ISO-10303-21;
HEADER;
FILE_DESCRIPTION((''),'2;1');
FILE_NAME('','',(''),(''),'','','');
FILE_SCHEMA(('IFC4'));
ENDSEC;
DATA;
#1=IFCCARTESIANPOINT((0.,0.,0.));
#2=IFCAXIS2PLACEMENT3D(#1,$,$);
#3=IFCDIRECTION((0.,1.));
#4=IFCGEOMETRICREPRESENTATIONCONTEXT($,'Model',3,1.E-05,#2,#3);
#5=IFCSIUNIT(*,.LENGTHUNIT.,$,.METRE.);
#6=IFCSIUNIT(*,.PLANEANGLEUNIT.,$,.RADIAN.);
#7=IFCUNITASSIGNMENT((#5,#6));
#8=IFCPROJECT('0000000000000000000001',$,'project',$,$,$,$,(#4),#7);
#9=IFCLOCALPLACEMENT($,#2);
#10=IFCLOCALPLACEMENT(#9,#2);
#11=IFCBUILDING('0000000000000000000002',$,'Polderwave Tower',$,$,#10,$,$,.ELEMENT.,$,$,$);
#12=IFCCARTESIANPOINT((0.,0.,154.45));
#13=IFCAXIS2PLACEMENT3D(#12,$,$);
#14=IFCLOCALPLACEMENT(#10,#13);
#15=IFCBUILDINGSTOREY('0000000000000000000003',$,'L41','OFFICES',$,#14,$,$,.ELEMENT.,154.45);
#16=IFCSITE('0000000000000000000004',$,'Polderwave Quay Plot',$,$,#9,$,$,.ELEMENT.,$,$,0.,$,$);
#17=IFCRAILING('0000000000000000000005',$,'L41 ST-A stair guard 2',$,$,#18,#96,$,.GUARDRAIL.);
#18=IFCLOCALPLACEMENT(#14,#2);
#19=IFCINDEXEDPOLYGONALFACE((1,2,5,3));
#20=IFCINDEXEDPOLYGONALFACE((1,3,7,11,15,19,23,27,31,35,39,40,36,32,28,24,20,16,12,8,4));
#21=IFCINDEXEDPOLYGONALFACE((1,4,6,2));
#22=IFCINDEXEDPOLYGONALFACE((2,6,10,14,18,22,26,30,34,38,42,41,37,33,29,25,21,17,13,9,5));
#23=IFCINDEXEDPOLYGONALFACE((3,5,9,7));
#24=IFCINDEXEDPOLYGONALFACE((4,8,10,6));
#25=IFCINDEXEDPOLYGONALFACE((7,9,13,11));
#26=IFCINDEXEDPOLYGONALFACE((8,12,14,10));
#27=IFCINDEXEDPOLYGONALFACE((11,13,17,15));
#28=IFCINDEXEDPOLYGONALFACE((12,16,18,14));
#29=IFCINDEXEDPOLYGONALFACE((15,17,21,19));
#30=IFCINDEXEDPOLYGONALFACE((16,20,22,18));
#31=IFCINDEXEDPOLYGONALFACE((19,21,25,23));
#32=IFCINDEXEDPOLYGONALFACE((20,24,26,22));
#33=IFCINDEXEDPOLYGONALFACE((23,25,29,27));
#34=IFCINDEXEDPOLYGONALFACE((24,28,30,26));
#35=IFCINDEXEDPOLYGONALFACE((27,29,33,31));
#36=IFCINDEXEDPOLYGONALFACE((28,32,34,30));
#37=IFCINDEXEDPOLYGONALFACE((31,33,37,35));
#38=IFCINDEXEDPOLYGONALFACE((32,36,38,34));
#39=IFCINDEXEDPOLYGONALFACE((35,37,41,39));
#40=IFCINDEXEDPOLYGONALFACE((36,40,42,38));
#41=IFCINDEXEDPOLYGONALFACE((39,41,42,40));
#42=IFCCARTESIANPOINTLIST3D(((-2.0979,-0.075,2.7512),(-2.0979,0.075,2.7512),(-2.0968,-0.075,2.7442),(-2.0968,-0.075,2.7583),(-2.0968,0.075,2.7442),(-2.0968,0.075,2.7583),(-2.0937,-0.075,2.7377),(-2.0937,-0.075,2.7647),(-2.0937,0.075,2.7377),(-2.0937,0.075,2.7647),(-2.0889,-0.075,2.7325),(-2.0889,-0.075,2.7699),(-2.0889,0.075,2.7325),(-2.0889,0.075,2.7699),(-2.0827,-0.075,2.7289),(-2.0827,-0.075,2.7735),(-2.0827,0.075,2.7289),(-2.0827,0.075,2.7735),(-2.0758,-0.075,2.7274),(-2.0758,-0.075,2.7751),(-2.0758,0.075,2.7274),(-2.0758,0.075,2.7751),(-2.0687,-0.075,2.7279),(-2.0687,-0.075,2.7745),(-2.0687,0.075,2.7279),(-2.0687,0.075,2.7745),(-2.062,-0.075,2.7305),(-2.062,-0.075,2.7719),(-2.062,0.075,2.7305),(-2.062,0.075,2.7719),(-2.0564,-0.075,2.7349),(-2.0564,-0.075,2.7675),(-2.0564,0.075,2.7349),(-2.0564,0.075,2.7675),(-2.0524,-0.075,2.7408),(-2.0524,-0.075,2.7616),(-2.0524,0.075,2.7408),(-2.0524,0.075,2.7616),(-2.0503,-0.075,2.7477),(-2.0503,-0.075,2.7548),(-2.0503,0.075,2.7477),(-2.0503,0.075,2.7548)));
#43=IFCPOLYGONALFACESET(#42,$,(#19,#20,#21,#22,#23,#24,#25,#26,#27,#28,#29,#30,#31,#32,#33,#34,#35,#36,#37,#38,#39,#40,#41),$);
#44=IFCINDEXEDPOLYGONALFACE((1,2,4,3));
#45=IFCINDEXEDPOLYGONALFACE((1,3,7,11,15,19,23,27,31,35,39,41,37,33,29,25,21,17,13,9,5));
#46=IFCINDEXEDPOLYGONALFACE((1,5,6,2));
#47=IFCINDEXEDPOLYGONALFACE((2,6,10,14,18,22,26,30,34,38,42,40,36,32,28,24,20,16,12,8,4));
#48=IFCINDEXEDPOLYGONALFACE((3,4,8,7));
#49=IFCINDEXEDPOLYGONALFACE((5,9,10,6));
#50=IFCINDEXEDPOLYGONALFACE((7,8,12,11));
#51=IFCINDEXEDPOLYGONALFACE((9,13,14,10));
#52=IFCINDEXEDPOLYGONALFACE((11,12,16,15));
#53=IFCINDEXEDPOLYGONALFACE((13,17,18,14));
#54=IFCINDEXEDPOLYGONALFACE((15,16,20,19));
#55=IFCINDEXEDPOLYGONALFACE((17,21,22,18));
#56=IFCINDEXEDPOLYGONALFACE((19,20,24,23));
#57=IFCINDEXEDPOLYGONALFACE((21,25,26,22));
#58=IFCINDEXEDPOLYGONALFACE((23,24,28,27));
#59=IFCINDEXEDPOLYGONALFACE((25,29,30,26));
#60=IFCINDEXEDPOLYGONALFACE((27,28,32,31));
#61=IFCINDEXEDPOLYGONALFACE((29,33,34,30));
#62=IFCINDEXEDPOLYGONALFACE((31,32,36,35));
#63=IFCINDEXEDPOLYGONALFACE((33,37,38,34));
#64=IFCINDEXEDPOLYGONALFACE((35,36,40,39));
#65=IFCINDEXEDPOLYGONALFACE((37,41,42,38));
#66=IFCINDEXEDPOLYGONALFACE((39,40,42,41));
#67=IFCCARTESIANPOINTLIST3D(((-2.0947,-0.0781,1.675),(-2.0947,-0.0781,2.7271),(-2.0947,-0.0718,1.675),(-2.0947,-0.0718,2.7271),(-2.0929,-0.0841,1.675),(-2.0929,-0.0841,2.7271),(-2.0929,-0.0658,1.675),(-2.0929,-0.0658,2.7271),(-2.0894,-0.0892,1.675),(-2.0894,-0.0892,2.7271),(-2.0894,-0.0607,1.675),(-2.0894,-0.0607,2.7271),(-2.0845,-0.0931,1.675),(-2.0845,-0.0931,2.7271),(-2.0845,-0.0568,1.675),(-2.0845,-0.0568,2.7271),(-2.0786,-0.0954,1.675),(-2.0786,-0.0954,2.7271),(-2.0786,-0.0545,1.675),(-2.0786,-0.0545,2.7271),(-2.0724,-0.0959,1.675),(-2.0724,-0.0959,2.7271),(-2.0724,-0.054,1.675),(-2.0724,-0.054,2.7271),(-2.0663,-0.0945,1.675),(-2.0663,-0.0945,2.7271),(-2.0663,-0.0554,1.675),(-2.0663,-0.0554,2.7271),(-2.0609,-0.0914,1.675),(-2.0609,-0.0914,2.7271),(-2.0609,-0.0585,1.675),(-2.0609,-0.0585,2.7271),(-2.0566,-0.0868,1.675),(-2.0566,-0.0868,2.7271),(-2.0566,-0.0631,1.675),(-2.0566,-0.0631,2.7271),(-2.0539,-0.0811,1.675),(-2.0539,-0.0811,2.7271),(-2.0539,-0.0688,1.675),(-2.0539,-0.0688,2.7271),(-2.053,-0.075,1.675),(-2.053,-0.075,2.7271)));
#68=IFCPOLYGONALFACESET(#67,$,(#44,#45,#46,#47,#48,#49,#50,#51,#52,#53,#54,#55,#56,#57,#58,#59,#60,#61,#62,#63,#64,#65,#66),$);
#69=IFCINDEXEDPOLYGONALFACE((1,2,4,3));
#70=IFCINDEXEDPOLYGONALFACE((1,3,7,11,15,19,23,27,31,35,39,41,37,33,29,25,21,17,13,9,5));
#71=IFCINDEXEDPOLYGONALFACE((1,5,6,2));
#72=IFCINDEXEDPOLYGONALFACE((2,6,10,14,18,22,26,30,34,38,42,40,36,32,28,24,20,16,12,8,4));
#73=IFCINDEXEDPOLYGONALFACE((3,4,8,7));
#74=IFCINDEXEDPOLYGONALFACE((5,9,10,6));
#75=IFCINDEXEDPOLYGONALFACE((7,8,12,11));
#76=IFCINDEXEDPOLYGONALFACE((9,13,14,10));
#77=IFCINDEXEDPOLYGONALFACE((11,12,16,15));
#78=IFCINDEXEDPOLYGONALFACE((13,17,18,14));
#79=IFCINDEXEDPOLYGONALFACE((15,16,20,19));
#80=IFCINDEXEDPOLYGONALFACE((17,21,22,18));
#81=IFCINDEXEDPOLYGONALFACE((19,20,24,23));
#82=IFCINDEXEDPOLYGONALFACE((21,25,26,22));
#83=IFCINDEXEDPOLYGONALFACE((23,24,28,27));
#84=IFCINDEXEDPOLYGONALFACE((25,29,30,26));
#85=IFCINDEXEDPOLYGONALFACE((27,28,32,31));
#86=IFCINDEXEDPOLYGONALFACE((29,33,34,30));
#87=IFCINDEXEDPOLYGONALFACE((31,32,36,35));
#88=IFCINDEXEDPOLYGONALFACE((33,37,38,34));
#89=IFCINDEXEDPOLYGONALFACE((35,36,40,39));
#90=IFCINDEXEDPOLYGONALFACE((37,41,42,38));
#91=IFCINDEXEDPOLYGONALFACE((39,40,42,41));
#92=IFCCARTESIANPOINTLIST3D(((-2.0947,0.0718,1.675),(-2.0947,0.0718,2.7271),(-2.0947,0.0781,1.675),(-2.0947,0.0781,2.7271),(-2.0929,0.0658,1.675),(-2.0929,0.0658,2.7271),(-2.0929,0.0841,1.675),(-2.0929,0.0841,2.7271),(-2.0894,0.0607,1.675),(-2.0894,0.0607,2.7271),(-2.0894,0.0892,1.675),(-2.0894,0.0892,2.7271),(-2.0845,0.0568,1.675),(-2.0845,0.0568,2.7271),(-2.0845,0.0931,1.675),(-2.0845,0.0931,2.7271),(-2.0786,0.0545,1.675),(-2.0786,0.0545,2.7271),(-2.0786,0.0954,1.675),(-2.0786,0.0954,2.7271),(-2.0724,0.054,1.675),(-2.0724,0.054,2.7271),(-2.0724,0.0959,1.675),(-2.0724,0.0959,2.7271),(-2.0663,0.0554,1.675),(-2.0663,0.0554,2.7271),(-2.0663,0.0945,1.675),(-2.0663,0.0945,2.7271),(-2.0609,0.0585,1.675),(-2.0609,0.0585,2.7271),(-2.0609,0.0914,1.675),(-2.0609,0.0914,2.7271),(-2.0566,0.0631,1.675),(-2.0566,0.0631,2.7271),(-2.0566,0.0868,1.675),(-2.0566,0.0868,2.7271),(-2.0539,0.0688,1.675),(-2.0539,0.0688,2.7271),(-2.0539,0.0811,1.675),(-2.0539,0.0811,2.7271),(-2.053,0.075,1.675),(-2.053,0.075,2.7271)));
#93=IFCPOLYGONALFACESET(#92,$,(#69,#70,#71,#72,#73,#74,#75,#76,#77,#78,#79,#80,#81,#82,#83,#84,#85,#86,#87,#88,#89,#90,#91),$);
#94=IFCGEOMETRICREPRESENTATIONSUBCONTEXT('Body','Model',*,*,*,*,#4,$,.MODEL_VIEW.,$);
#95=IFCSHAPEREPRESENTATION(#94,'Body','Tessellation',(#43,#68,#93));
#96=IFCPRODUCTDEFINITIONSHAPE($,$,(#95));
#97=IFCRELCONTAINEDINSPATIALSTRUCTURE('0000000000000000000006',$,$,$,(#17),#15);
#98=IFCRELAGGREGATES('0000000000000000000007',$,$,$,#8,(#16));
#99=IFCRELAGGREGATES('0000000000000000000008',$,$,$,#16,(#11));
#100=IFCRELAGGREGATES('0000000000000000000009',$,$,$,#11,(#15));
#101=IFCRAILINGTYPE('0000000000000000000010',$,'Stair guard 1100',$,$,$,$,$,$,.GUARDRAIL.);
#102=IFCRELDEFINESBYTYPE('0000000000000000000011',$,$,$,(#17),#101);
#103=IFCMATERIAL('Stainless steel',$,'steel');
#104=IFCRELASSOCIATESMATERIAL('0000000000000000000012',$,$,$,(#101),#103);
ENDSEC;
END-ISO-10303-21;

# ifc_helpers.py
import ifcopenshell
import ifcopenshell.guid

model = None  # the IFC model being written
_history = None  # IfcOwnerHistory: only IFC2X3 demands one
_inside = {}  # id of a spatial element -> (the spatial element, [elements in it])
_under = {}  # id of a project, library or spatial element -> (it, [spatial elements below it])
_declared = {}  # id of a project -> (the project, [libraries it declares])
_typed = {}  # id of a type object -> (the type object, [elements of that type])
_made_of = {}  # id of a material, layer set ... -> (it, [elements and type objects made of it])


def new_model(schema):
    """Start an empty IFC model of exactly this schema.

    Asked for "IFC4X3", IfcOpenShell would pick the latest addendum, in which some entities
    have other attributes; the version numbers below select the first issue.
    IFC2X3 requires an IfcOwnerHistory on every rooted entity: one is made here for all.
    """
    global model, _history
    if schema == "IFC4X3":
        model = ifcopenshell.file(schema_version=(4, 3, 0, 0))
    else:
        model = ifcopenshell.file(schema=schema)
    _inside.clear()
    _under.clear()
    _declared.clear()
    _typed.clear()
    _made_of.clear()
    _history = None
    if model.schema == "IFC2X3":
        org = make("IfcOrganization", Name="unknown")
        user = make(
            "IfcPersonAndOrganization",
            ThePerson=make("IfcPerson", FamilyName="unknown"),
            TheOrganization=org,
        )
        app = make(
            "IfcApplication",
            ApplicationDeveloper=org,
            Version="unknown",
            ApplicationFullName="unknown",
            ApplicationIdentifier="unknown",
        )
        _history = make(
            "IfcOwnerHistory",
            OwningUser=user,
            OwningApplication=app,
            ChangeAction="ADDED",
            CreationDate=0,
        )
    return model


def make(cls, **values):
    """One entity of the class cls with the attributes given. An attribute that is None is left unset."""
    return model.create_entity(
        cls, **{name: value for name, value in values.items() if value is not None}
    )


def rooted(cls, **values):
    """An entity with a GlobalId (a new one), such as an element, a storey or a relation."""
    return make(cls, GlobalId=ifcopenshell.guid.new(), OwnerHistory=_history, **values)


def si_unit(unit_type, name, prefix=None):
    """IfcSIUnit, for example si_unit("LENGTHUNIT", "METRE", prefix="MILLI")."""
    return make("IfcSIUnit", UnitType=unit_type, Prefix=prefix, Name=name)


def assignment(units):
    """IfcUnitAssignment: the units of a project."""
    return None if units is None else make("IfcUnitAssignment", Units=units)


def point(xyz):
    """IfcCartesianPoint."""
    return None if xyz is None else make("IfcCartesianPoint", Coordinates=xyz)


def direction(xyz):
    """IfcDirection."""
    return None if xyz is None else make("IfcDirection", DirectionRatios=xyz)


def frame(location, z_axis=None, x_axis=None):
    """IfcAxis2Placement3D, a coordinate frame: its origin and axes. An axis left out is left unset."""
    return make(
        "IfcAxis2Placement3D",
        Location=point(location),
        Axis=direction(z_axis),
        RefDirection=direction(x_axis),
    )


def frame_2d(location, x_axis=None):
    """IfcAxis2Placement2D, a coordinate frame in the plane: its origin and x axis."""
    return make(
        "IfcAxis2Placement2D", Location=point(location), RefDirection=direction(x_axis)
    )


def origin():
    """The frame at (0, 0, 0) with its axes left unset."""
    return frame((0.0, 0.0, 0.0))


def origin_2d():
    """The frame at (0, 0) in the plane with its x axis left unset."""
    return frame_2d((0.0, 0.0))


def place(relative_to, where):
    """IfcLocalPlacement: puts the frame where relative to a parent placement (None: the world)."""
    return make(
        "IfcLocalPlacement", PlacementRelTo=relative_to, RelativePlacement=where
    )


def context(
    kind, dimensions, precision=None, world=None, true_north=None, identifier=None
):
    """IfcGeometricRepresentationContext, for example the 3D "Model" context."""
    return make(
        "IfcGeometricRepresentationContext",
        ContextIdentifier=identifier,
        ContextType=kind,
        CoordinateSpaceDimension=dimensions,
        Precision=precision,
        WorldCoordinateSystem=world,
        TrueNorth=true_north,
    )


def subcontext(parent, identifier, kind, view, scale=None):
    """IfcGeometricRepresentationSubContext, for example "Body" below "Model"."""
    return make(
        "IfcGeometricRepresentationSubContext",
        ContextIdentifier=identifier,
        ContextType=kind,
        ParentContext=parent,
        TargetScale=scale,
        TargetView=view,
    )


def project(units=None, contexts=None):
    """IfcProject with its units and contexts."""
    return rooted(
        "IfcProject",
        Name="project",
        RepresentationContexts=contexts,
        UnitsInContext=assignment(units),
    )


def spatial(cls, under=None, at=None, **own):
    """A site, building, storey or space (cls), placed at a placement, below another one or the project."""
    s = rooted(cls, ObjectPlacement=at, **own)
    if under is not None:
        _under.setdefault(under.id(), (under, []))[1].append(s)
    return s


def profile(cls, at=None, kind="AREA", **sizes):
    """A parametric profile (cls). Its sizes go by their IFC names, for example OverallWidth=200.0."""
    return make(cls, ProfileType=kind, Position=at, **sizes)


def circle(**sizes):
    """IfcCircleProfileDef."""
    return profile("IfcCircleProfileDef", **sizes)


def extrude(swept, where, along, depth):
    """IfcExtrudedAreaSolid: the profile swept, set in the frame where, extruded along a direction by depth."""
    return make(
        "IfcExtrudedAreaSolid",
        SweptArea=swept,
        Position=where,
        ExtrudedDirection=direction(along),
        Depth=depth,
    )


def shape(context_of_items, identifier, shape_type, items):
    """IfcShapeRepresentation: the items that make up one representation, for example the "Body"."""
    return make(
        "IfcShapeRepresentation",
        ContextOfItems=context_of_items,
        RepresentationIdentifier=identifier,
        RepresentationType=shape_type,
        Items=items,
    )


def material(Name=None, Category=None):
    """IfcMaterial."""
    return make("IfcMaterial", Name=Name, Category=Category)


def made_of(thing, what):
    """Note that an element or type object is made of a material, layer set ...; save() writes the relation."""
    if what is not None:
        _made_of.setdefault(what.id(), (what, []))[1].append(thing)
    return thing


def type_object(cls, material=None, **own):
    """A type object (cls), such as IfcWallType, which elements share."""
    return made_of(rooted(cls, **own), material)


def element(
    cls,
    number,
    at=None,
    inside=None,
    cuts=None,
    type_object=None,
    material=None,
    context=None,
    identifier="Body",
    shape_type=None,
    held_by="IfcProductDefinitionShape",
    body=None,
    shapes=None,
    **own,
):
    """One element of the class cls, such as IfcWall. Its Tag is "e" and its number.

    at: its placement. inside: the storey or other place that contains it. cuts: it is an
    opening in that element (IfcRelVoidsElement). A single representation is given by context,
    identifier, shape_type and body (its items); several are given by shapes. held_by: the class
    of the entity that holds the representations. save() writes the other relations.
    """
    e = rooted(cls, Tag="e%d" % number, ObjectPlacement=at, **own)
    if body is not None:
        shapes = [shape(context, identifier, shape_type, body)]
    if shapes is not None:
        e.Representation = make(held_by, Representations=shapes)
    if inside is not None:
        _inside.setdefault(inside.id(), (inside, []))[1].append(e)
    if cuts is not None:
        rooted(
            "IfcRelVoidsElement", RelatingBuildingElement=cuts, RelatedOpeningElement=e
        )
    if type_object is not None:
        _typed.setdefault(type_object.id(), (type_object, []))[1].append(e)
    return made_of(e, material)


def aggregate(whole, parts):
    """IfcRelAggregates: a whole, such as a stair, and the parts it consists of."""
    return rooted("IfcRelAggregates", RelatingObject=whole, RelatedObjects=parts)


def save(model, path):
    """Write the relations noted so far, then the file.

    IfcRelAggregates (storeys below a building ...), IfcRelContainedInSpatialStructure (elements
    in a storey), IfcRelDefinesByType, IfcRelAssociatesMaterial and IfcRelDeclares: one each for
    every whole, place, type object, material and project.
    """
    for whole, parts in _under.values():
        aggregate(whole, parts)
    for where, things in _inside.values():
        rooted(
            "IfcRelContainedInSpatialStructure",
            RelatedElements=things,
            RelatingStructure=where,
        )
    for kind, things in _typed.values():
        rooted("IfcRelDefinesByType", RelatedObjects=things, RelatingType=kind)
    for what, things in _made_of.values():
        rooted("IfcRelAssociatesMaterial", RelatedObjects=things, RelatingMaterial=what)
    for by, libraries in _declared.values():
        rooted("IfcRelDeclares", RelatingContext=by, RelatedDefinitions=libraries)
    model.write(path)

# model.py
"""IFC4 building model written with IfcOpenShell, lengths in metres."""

from ifc_helpers import new_model, si_unit, direction, frame, origin, origin_2d, place, context, subcontext, project, spatial, circle, extrude, material, type_object, element, save


model = new_model("IFC4")

# Units and contexts
model_context = context("Model", 3, precision=1e-05, world=origin(), true_north=direction((0.0, 1.0)))
body_context = subcontext(model_context, "Body", "Model", "MODEL_VIEW")
ifc_project = project(units=[si_unit("LENGTHUNIT", "METRE"), si_unit("PLANEANGLEUNIT", "RADIAN")], contexts=[model_context])

# Site, building, storey
site_placement = place(None, origin())
site = spatial("IfcSite", under=ifc_project, at=site_placement, Name="Polderwave Quay Plot", CompositionType="ELEMENT", RefElevation=0.0)
building_placement = place(site_placement, origin())
building = spatial("IfcBuilding", under=site, at=building_placement, Name="Polderwave Tower", CompositionType="ELEMENT")
storey_placement = place(building_placement, frame((0.0, 0.0, 154.45)))
storey = spatial("IfcBuildingStorey", under=building, at=storey_placement, Name="L41", Description="OFFICES", CompositionType="ELEMENT", Elevation=154.45)

# Railing
ifc_material_1 = material(Name="Stainless steel", Category="steel")
railing_type_1 = type_object("IfcRailingType", Name="Stair guard 1100", PredefinedType="GUARDRAIL", material=ifc_material_1)
railing_1_placement = place(storey_placement, frame((-2.074, -0.075, 1.675)))
element("IfcRailing", 1, at=railing_1_placement, inside=storey, type_object=railing_type_1, Name="L41 ST-A stair guard 2", PredefinedType="GUARDRAIL", context=body_context, shape_type="SweptSolid", body=[
    extrude(circle(Radius=0.0239, at=origin_2d()), frame((0.0, 0.0, 1.0762), z_axis=(0.0, 1.0, 0.0), x_axis=(-1.0, 0.0, 0.0)), (0.0, 0.0, 1.0), 0.1499),
    extrude(circle(Radius=0.021, at=origin_2d()), origin(), (0.0, 0.0, 1.0), 1.052),
    extrude(circle(Radius=0.021, at=origin_2d()), frame((0.0, 0.1499, 0.0)), (0.0, 0.0, 1.0), 1.052),
])

save(model, "model.ifc")
